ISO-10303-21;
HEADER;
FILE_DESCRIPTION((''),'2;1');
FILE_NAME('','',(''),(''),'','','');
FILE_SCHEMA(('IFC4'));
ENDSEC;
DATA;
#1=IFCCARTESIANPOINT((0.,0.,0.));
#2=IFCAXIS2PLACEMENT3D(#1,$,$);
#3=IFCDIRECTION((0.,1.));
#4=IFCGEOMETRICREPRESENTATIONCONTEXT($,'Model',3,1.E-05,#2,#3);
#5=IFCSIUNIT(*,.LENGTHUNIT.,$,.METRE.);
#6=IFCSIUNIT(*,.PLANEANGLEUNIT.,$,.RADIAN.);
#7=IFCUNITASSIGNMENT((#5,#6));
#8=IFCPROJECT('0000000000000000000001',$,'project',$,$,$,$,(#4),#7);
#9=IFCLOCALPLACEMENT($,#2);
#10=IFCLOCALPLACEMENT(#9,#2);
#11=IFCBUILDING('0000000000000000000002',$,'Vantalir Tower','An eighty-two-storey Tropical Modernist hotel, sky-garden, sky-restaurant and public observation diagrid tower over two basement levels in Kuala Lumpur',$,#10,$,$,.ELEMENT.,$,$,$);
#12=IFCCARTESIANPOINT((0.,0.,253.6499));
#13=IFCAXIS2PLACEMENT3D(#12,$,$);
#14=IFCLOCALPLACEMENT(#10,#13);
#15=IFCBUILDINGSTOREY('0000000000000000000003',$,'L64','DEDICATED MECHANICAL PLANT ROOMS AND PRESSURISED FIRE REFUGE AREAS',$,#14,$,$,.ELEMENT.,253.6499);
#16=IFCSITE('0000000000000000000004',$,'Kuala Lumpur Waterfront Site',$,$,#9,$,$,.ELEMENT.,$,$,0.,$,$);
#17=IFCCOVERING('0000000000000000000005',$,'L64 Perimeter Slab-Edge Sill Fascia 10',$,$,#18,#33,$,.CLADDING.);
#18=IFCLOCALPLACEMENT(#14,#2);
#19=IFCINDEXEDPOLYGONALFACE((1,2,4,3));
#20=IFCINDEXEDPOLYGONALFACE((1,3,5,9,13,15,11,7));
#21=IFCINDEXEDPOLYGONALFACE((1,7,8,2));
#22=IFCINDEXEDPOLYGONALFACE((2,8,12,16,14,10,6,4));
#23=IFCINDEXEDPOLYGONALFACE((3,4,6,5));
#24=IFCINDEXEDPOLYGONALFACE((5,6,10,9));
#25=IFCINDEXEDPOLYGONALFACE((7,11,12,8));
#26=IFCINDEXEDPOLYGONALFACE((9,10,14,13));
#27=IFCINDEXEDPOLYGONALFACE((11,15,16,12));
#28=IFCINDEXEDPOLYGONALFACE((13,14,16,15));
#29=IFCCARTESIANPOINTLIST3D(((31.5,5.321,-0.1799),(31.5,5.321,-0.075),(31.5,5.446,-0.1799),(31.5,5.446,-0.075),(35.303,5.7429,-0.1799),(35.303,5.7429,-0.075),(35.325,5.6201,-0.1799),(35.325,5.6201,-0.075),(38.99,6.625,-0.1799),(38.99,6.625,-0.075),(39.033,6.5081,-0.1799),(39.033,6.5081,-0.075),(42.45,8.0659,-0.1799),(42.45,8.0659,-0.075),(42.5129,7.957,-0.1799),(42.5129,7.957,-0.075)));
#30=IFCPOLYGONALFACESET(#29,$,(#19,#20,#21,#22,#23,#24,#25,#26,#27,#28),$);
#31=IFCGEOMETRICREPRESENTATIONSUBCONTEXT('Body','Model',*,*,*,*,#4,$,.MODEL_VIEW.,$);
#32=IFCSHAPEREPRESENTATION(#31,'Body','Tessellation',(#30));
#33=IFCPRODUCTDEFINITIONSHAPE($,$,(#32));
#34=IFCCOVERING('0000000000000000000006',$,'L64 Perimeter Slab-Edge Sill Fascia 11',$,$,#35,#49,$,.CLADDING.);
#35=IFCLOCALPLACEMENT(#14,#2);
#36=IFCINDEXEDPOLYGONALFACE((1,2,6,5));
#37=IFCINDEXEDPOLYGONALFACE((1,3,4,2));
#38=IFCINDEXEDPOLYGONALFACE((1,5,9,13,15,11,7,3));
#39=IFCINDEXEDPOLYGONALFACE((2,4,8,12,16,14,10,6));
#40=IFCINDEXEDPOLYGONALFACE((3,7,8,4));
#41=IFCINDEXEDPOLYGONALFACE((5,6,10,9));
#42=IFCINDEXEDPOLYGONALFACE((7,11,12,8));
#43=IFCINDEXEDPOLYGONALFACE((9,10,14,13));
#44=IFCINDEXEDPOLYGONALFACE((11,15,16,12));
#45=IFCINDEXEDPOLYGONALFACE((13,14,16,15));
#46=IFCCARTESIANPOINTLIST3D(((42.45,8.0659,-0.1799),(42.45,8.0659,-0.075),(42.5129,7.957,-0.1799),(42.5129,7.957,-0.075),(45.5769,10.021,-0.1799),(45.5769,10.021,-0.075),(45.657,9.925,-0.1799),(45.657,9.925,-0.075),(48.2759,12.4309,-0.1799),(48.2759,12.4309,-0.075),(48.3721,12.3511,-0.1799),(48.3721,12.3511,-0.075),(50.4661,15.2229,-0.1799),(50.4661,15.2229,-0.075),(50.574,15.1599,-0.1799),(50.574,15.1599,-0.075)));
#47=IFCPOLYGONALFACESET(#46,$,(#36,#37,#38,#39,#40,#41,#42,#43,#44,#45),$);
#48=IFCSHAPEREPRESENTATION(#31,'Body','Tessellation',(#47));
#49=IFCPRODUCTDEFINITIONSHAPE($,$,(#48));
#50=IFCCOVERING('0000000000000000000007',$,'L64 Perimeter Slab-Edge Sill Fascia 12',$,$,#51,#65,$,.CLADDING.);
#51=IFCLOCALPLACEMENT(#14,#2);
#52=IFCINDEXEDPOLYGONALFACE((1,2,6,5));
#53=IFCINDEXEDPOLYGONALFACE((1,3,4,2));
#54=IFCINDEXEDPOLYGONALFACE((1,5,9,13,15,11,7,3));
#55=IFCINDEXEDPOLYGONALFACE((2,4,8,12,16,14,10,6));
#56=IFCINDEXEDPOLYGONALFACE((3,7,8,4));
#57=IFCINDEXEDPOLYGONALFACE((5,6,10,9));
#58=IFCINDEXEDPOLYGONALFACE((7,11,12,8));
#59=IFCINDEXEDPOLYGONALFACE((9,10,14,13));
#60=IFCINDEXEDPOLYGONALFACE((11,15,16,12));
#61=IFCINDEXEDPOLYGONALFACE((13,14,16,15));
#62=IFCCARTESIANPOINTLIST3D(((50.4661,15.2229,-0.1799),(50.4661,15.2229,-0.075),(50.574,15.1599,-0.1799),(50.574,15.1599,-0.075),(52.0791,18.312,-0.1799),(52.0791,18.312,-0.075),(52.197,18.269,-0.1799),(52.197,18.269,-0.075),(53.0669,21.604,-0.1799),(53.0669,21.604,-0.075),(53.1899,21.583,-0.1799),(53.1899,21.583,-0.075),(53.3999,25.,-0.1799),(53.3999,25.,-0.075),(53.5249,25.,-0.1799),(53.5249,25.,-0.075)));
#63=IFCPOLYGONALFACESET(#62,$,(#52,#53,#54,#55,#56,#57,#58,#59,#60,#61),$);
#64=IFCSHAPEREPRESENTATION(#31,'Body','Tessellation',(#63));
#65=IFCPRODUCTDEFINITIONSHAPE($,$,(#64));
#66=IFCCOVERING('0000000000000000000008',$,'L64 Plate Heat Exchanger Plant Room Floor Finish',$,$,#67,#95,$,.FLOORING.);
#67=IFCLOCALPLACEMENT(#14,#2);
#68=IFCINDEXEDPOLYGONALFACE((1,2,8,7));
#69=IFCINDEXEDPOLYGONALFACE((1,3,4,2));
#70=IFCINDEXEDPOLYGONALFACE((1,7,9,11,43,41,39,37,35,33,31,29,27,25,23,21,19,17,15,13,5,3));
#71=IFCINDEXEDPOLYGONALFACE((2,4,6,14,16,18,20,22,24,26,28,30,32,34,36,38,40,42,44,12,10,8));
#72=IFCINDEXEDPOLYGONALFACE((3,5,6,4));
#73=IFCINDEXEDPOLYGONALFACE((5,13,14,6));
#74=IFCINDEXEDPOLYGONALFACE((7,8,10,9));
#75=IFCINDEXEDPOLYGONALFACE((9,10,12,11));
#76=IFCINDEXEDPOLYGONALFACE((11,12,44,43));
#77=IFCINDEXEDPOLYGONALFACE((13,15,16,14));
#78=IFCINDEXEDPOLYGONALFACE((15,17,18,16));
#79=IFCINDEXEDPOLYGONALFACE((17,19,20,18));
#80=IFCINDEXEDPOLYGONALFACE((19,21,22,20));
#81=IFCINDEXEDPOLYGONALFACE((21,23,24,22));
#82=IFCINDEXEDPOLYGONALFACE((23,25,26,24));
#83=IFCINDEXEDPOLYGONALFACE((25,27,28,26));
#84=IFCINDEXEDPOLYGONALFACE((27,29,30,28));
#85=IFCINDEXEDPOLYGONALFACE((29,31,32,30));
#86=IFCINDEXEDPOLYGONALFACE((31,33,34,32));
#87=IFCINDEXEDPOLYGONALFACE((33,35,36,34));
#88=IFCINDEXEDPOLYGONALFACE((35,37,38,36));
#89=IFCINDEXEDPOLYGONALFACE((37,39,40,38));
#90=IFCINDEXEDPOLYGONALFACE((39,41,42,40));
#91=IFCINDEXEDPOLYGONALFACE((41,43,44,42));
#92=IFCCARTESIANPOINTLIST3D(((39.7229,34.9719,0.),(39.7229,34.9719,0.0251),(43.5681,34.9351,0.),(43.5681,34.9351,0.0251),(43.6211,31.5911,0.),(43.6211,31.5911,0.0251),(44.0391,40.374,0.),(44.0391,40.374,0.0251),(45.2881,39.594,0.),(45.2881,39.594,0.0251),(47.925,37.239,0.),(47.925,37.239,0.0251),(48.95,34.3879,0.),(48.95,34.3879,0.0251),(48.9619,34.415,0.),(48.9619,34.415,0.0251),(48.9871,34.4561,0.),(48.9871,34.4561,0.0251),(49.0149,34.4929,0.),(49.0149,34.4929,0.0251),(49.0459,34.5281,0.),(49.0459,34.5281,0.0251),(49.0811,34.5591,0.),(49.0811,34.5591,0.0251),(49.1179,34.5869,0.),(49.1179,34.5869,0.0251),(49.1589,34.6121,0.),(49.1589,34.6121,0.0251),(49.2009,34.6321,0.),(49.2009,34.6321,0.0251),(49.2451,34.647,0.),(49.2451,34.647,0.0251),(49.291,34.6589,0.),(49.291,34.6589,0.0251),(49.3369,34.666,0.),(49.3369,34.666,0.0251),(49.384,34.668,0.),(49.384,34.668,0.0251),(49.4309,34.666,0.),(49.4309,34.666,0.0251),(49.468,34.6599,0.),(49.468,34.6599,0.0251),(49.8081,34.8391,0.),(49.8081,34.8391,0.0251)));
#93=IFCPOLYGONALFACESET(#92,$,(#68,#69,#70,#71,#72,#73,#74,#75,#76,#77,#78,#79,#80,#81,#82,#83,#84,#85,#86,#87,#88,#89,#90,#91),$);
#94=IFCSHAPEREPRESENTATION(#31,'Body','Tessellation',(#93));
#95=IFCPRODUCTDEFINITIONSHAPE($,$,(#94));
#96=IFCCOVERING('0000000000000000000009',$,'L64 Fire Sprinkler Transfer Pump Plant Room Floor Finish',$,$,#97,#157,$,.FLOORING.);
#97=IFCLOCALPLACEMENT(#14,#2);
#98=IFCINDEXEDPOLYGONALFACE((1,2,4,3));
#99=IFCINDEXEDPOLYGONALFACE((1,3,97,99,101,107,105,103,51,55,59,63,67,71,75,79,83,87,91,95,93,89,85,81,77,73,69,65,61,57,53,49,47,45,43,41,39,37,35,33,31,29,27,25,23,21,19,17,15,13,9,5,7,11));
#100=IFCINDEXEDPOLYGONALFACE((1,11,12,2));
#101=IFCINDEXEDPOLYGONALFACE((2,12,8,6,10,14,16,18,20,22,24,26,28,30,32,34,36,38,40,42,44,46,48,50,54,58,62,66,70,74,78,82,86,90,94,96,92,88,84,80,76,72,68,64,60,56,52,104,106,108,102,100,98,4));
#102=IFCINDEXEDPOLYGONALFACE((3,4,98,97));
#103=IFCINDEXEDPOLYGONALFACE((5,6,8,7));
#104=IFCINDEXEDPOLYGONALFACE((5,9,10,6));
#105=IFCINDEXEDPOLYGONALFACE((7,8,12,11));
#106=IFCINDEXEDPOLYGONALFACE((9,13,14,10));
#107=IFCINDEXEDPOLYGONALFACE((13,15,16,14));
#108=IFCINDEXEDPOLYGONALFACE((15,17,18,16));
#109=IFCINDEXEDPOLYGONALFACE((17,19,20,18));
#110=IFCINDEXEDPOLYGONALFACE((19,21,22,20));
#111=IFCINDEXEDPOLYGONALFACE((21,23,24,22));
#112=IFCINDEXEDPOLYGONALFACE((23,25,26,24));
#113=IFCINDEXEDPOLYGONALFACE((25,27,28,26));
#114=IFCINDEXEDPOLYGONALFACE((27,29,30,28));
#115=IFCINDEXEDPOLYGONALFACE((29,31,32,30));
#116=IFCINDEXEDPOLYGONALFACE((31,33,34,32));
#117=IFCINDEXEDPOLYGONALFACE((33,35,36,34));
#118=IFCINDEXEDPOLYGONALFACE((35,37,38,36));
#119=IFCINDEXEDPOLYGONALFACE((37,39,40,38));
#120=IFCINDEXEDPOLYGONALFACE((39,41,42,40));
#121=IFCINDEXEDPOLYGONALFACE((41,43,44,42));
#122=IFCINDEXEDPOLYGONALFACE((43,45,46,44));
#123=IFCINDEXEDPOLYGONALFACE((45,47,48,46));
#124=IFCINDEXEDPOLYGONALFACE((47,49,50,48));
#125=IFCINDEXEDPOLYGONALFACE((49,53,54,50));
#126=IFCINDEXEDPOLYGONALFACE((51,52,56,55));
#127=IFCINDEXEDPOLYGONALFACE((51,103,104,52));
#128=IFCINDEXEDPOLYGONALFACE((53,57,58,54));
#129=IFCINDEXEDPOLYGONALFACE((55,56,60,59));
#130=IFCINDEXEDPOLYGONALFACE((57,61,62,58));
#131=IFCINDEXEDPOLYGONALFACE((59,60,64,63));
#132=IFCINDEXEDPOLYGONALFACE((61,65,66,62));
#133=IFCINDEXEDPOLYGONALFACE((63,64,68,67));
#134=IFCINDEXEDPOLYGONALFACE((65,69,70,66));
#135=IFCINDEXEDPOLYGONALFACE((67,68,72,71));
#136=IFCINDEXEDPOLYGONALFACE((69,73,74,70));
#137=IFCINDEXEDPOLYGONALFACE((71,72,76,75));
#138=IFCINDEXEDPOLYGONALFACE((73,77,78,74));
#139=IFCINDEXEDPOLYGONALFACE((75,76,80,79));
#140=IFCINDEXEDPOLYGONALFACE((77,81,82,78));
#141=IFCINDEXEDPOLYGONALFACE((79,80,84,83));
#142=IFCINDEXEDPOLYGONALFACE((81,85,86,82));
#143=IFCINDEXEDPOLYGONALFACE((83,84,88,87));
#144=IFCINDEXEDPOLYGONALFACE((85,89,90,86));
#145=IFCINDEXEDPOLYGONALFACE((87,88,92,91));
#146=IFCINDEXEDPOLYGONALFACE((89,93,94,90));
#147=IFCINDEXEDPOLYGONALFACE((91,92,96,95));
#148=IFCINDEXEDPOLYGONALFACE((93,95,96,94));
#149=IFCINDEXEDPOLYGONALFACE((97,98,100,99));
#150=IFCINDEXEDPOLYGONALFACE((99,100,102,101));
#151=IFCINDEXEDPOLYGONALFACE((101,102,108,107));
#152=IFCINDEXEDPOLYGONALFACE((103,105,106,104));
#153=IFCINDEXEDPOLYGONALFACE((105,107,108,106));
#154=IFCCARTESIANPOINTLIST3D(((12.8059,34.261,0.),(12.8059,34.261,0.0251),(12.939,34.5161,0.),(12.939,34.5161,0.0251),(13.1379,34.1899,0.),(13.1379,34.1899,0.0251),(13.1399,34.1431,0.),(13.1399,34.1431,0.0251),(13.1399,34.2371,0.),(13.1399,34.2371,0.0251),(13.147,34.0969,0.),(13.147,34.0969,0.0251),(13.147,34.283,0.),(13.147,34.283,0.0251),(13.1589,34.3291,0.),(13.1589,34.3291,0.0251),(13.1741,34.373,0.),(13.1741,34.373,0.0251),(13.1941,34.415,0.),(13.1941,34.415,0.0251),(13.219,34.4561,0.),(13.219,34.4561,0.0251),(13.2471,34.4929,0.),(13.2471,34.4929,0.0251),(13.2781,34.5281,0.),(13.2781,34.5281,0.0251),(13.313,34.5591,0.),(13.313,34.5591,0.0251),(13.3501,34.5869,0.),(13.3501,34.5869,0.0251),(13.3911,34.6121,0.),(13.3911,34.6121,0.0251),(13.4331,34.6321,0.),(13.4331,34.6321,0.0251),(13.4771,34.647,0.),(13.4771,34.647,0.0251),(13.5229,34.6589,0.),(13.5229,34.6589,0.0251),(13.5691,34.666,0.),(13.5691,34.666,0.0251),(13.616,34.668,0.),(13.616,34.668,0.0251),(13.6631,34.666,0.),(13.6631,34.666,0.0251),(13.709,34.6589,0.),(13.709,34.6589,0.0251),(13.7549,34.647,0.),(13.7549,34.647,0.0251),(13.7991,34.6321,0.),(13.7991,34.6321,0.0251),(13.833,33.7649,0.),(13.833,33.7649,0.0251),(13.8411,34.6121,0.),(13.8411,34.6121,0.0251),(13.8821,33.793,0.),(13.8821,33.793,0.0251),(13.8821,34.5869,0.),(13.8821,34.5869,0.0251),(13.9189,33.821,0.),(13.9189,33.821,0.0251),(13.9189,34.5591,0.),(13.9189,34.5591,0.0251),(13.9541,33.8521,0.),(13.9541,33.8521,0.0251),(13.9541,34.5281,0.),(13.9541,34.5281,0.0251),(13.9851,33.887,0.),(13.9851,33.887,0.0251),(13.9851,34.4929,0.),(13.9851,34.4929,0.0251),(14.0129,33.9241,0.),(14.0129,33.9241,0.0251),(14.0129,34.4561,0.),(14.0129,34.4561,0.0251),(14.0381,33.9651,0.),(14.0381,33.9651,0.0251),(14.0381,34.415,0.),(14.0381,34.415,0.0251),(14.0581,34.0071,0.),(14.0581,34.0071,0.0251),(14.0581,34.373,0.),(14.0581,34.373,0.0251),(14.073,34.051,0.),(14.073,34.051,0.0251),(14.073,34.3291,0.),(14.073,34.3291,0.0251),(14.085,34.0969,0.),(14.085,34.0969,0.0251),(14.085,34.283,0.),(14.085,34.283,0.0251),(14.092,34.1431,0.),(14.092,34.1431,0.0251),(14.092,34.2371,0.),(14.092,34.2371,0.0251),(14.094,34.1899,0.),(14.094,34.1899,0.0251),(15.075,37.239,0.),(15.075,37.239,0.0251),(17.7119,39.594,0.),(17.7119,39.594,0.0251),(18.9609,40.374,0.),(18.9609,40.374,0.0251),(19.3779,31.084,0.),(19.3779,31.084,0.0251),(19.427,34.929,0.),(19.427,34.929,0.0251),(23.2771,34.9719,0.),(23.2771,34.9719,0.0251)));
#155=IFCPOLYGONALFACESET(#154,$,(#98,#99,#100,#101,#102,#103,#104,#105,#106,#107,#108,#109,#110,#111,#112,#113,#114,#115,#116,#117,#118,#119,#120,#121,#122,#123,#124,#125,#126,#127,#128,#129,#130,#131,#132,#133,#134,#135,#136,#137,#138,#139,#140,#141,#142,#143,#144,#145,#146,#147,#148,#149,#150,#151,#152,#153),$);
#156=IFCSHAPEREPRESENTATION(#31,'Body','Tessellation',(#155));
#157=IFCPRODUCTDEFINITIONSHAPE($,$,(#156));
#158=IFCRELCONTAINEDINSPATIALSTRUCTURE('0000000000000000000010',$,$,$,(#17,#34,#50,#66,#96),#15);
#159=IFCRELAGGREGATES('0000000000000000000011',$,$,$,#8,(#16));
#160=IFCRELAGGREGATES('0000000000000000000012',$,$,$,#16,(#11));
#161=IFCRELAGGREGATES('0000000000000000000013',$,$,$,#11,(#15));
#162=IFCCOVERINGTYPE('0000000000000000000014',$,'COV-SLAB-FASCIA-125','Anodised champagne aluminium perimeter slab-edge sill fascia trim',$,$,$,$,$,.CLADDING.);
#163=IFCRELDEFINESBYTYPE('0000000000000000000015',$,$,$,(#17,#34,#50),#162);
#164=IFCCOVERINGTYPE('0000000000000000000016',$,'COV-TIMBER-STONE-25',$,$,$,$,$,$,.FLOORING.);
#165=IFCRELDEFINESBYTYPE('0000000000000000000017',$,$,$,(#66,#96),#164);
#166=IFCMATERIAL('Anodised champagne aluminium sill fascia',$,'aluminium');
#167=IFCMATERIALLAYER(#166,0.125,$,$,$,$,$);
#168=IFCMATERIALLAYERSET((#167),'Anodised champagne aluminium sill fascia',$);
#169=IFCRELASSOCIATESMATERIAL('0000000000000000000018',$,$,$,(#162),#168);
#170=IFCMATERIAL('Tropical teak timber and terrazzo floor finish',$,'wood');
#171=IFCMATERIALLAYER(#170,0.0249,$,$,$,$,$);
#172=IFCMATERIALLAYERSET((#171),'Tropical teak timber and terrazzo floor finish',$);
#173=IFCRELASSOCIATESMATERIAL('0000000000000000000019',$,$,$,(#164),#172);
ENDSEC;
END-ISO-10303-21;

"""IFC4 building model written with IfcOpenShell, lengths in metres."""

from ifc_helpers import new_model, si_unit, direction, frame, origin, place, context, subcontext, project, spatial, polyline, outline, extrude, material, layer, layer_set, type_object, element, save


model = new_model("IFC4")

# Units and contexts
model_context = context("Model", 3, precision=1e-05, world=origin(), true_north=direction((0.0, 1.0)))
body_context = subcontext(model_context, "Body", "Model", "MODEL_VIEW")
ifc_project = project(units=[si_unit("LENGTHUNIT", "METRE"), si_unit("PLANEANGLEUNIT", "RADIAN")], contexts=[model_context])

# Site, building, storey
site_placement = place(None, origin())
site = spatial("IfcSite", under=ifc_project, at=site_placement, Name="Kuala Lumpur Waterfront Site", CompositionType="ELEMENT", RefElevation=0.0)
building_placement = place(site_placement, origin())
building = spatial("IfcBuilding", under=site, at=building_placement, Name="Vantalir Tower", Description="An eighty-two-storey Tropical Modernist hotel, sky-garden, sky-restaurant and public observation diagrid tower over two basement levels in Kuala Lumpur", CompositionType="ELEMENT")
storey_placement = place(building_placement, frame((0.0, 0.0, 253.6499)))
storey = spatial("IfcBuildingStorey", under=building, at=storey_placement, Name="L64", Description="DEDICATED MECHANICAL PLANT ROOMS AND PRESSURISED FIRE REFUGE AREAS", CompositionType="ELEMENT", Elevation=253.6499)

# Coverings
ifc_material_1 = material(Name="Anodised champagne aluminium sill fascia", Category="aluminium")
ifc_layer_1 = layer(ifc_material_1, 0.125)
ifc_layer_set_1 = layer_set([ifc_layer_1], Name="Anodised champagne aluminium sill fascia")
covering_type_1 = type_object("IfcCoveringType", Name="COV-SLAB-FASCIA-125", Description="Anodised champagne aluminium perimeter slab-edge sill fascia trim", PredefinedType="CLADDING", material=ifc_layer_set_1)
covering_1_placement = place(storey_placement, frame((0.0, 0.0, -0.1799)))
element("IfcCovering", 1, at=covering_1_placement, inside=storey, type_object=covering_type_1, Name="L64 Perimeter Slab-Edge Sill Fascia 10", PredefinedType="CLADDING", context=body_context, shape_type="SweptSolid", body=[
    extrude(outline(polyline([(31.5, 5.321), (35.325, 5.6201), (39.033, 6.5081), (42.5129, 7.957), (42.45, 8.0659), (38.99, 6.625), (35.303, 5.7429), (31.5, 5.446), (31.5, 5.321)])), origin(), (0.0, 0.0, 1.0), 0.105),
])
covering_2_placement = place(storey_placement, frame((0.0, 0.0, -0.1799)))
element("IfcCovering", 2, at=covering_2_placement, inside=storey, type_object=covering_type_1, Name="L64 Perimeter Slab-Edge Sill Fascia 11", PredefinedType="CLADDING", context=body_context, shape_type="SweptSolid", body=[
    extrude(outline(polyline([(42.5129, 7.957), (45.657, 9.925), (48.3721, 12.3511), (50.574, 15.1599), (50.4661, 15.2229), (48.2759, 12.4309), (45.5769, 10.021), (42.45, 8.0659), (42.5129, 7.957)])), origin(), (0.0, 0.0, 1.0), 0.105),
])
covering_3_placement = place(storey_placement, frame((0.0, 0.0, -0.1799)))
element("IfcCovering", 3, at=covering_3_placement, inside=storey, type_object=covering_type_1, Name="L64 Perimeter Slab-Edge Sill Fascia 12", PredefinedType="CLADDING", context=body_context, shape_type="SweptSolid", body=[
    extrude(outline(polyline([(50.574, 15.1599), (52.197, 18.269), (53.1899, 21.583), (53.5249, 25.0), (53.3999, 25.0), (53.0669, 21.604), (52.0791, 18.312), (50.4661, 15.2229), (50.574, 15.1599)])), origin(), (0.0, 0.0, 1.0), 0.105),
])
ifc_material_2 = material(Name="Tropical teak timber and terrazzo floor finish", Category="wood")
ifc_layer_2 = layer(ifc_material_2, 0.0249)
ifc_layer_set_2 = layer_set([ifc_layer_2], Name="Tropical teak timber and terrazzo floor finish")
covering_type_2 = type_object("IfcCoveringType", Name="COV-TIMBER-STONE-25", PredefinedType="FLOORING", material=ifc_layer_set_2)
covering_4_placement = place(storey_placement, origin())
element("IfcCovering", 4, at=covering_4_placement, inside=storey, type_object=covering_type_2, Name="L64 Plate Heat Exchanger Plant Room Floor Finish", PredefinedType="FLOORING", context=body_context, shape_type="SweptSolid", body=[
    extrude(outline(polyline([(44.0391, 40.374), (39.7229, 34.9719), (43.5681, 34.9351), (43.6211, 31.5911), (48.95, 34.3879), (48.9619, 34.415), (48.9871, 34.4561), (49.0149, 34.4929), (49.0459, 34.5281), (49.0811, 34.5591), (49.1179, 34.5869), (49.1589, 34.6121), (49.2009, 34.6321), (49.2451, 34.647), (49.291, 34.6589), (49.3369, 34.666), (49.384, 34.668), (49.4309, 34.666), (49.468, 34.6599), (49.8081, 34.8391), (47.925, 37.239), (45.2881, 39.594), (44.0391, 40.374)])), origin(), (0.0, 0.0, 1.0), 0.0251),
])
covering_5_placement = place(storey_placement, origin())
element("IfcCovering", 5, at=covering_5_placement, inside=storey, type_object=covering_type_2, Name="L64 Fire Sprinkler Transfer Pump Plant Room Floor Finish", PredefinedType="FLOORING", context=body_context, shape_type="SweptSolid", body=[
    extrude(outline(polyline([(12.8059, 34.261), (13.147, 34.0969), (13.1399, 34.1431), (13.1379, 34.1899), (13.1399, 34.2371), (13.147, 34.283), (13.1589, 34.3291), (13.1741, 34.373), (13.1941, 34.415), (13.219, 34.4561), (13.2471, 34.4929), (13.2781, 34.5281), (13.313, 34.5591), (13.3501, 34.5869), (13.3911, 34.6121), (13.4331, 34.6321), (13.4771, 34.647), (13.5229, 34.6589), (13.5691, 34.666), (13.616, 34.668), (13.6631, 34.666), (13.709, 34.6589), (13.7549, 34.647), (13.7991, 34.6321), (13.8411, 34.6121), (13.8821, 34.5869), (13.9189, 34.5591), (13.9541, 34.5281), (13.9851, 34.4929), (14.0129, 34.4561), (14.0381, 34.415), (14.0581, 34.373), (14.073, 34.3291), (14.085, 34.283), (14.092, 34.2371), (14.094, 34.1899), (14.092, 34.1431), (14.085, 34.0969), (14.073, 34.051), (14.0581, 34.0071), (14.0381, 33.9651), (14.0129, 33.9241), (13.9851, 33.887), (13.9541, 33.8521), (13.9189, 33.821), (13.8821, 33.793), (13.833, 33.7649), (19.3779, 31.084), (19.427, 34.929), (23.2771, 34.9719), (18.9609, 40.374), (17.7119, 39.594), (15.075, 37.239), (12.939, 34.5161), (12.8059, 34.261)])), origin(), (0.0, 0.0, 1.0), 0.0251),
])

save(model, "model.ifc")
